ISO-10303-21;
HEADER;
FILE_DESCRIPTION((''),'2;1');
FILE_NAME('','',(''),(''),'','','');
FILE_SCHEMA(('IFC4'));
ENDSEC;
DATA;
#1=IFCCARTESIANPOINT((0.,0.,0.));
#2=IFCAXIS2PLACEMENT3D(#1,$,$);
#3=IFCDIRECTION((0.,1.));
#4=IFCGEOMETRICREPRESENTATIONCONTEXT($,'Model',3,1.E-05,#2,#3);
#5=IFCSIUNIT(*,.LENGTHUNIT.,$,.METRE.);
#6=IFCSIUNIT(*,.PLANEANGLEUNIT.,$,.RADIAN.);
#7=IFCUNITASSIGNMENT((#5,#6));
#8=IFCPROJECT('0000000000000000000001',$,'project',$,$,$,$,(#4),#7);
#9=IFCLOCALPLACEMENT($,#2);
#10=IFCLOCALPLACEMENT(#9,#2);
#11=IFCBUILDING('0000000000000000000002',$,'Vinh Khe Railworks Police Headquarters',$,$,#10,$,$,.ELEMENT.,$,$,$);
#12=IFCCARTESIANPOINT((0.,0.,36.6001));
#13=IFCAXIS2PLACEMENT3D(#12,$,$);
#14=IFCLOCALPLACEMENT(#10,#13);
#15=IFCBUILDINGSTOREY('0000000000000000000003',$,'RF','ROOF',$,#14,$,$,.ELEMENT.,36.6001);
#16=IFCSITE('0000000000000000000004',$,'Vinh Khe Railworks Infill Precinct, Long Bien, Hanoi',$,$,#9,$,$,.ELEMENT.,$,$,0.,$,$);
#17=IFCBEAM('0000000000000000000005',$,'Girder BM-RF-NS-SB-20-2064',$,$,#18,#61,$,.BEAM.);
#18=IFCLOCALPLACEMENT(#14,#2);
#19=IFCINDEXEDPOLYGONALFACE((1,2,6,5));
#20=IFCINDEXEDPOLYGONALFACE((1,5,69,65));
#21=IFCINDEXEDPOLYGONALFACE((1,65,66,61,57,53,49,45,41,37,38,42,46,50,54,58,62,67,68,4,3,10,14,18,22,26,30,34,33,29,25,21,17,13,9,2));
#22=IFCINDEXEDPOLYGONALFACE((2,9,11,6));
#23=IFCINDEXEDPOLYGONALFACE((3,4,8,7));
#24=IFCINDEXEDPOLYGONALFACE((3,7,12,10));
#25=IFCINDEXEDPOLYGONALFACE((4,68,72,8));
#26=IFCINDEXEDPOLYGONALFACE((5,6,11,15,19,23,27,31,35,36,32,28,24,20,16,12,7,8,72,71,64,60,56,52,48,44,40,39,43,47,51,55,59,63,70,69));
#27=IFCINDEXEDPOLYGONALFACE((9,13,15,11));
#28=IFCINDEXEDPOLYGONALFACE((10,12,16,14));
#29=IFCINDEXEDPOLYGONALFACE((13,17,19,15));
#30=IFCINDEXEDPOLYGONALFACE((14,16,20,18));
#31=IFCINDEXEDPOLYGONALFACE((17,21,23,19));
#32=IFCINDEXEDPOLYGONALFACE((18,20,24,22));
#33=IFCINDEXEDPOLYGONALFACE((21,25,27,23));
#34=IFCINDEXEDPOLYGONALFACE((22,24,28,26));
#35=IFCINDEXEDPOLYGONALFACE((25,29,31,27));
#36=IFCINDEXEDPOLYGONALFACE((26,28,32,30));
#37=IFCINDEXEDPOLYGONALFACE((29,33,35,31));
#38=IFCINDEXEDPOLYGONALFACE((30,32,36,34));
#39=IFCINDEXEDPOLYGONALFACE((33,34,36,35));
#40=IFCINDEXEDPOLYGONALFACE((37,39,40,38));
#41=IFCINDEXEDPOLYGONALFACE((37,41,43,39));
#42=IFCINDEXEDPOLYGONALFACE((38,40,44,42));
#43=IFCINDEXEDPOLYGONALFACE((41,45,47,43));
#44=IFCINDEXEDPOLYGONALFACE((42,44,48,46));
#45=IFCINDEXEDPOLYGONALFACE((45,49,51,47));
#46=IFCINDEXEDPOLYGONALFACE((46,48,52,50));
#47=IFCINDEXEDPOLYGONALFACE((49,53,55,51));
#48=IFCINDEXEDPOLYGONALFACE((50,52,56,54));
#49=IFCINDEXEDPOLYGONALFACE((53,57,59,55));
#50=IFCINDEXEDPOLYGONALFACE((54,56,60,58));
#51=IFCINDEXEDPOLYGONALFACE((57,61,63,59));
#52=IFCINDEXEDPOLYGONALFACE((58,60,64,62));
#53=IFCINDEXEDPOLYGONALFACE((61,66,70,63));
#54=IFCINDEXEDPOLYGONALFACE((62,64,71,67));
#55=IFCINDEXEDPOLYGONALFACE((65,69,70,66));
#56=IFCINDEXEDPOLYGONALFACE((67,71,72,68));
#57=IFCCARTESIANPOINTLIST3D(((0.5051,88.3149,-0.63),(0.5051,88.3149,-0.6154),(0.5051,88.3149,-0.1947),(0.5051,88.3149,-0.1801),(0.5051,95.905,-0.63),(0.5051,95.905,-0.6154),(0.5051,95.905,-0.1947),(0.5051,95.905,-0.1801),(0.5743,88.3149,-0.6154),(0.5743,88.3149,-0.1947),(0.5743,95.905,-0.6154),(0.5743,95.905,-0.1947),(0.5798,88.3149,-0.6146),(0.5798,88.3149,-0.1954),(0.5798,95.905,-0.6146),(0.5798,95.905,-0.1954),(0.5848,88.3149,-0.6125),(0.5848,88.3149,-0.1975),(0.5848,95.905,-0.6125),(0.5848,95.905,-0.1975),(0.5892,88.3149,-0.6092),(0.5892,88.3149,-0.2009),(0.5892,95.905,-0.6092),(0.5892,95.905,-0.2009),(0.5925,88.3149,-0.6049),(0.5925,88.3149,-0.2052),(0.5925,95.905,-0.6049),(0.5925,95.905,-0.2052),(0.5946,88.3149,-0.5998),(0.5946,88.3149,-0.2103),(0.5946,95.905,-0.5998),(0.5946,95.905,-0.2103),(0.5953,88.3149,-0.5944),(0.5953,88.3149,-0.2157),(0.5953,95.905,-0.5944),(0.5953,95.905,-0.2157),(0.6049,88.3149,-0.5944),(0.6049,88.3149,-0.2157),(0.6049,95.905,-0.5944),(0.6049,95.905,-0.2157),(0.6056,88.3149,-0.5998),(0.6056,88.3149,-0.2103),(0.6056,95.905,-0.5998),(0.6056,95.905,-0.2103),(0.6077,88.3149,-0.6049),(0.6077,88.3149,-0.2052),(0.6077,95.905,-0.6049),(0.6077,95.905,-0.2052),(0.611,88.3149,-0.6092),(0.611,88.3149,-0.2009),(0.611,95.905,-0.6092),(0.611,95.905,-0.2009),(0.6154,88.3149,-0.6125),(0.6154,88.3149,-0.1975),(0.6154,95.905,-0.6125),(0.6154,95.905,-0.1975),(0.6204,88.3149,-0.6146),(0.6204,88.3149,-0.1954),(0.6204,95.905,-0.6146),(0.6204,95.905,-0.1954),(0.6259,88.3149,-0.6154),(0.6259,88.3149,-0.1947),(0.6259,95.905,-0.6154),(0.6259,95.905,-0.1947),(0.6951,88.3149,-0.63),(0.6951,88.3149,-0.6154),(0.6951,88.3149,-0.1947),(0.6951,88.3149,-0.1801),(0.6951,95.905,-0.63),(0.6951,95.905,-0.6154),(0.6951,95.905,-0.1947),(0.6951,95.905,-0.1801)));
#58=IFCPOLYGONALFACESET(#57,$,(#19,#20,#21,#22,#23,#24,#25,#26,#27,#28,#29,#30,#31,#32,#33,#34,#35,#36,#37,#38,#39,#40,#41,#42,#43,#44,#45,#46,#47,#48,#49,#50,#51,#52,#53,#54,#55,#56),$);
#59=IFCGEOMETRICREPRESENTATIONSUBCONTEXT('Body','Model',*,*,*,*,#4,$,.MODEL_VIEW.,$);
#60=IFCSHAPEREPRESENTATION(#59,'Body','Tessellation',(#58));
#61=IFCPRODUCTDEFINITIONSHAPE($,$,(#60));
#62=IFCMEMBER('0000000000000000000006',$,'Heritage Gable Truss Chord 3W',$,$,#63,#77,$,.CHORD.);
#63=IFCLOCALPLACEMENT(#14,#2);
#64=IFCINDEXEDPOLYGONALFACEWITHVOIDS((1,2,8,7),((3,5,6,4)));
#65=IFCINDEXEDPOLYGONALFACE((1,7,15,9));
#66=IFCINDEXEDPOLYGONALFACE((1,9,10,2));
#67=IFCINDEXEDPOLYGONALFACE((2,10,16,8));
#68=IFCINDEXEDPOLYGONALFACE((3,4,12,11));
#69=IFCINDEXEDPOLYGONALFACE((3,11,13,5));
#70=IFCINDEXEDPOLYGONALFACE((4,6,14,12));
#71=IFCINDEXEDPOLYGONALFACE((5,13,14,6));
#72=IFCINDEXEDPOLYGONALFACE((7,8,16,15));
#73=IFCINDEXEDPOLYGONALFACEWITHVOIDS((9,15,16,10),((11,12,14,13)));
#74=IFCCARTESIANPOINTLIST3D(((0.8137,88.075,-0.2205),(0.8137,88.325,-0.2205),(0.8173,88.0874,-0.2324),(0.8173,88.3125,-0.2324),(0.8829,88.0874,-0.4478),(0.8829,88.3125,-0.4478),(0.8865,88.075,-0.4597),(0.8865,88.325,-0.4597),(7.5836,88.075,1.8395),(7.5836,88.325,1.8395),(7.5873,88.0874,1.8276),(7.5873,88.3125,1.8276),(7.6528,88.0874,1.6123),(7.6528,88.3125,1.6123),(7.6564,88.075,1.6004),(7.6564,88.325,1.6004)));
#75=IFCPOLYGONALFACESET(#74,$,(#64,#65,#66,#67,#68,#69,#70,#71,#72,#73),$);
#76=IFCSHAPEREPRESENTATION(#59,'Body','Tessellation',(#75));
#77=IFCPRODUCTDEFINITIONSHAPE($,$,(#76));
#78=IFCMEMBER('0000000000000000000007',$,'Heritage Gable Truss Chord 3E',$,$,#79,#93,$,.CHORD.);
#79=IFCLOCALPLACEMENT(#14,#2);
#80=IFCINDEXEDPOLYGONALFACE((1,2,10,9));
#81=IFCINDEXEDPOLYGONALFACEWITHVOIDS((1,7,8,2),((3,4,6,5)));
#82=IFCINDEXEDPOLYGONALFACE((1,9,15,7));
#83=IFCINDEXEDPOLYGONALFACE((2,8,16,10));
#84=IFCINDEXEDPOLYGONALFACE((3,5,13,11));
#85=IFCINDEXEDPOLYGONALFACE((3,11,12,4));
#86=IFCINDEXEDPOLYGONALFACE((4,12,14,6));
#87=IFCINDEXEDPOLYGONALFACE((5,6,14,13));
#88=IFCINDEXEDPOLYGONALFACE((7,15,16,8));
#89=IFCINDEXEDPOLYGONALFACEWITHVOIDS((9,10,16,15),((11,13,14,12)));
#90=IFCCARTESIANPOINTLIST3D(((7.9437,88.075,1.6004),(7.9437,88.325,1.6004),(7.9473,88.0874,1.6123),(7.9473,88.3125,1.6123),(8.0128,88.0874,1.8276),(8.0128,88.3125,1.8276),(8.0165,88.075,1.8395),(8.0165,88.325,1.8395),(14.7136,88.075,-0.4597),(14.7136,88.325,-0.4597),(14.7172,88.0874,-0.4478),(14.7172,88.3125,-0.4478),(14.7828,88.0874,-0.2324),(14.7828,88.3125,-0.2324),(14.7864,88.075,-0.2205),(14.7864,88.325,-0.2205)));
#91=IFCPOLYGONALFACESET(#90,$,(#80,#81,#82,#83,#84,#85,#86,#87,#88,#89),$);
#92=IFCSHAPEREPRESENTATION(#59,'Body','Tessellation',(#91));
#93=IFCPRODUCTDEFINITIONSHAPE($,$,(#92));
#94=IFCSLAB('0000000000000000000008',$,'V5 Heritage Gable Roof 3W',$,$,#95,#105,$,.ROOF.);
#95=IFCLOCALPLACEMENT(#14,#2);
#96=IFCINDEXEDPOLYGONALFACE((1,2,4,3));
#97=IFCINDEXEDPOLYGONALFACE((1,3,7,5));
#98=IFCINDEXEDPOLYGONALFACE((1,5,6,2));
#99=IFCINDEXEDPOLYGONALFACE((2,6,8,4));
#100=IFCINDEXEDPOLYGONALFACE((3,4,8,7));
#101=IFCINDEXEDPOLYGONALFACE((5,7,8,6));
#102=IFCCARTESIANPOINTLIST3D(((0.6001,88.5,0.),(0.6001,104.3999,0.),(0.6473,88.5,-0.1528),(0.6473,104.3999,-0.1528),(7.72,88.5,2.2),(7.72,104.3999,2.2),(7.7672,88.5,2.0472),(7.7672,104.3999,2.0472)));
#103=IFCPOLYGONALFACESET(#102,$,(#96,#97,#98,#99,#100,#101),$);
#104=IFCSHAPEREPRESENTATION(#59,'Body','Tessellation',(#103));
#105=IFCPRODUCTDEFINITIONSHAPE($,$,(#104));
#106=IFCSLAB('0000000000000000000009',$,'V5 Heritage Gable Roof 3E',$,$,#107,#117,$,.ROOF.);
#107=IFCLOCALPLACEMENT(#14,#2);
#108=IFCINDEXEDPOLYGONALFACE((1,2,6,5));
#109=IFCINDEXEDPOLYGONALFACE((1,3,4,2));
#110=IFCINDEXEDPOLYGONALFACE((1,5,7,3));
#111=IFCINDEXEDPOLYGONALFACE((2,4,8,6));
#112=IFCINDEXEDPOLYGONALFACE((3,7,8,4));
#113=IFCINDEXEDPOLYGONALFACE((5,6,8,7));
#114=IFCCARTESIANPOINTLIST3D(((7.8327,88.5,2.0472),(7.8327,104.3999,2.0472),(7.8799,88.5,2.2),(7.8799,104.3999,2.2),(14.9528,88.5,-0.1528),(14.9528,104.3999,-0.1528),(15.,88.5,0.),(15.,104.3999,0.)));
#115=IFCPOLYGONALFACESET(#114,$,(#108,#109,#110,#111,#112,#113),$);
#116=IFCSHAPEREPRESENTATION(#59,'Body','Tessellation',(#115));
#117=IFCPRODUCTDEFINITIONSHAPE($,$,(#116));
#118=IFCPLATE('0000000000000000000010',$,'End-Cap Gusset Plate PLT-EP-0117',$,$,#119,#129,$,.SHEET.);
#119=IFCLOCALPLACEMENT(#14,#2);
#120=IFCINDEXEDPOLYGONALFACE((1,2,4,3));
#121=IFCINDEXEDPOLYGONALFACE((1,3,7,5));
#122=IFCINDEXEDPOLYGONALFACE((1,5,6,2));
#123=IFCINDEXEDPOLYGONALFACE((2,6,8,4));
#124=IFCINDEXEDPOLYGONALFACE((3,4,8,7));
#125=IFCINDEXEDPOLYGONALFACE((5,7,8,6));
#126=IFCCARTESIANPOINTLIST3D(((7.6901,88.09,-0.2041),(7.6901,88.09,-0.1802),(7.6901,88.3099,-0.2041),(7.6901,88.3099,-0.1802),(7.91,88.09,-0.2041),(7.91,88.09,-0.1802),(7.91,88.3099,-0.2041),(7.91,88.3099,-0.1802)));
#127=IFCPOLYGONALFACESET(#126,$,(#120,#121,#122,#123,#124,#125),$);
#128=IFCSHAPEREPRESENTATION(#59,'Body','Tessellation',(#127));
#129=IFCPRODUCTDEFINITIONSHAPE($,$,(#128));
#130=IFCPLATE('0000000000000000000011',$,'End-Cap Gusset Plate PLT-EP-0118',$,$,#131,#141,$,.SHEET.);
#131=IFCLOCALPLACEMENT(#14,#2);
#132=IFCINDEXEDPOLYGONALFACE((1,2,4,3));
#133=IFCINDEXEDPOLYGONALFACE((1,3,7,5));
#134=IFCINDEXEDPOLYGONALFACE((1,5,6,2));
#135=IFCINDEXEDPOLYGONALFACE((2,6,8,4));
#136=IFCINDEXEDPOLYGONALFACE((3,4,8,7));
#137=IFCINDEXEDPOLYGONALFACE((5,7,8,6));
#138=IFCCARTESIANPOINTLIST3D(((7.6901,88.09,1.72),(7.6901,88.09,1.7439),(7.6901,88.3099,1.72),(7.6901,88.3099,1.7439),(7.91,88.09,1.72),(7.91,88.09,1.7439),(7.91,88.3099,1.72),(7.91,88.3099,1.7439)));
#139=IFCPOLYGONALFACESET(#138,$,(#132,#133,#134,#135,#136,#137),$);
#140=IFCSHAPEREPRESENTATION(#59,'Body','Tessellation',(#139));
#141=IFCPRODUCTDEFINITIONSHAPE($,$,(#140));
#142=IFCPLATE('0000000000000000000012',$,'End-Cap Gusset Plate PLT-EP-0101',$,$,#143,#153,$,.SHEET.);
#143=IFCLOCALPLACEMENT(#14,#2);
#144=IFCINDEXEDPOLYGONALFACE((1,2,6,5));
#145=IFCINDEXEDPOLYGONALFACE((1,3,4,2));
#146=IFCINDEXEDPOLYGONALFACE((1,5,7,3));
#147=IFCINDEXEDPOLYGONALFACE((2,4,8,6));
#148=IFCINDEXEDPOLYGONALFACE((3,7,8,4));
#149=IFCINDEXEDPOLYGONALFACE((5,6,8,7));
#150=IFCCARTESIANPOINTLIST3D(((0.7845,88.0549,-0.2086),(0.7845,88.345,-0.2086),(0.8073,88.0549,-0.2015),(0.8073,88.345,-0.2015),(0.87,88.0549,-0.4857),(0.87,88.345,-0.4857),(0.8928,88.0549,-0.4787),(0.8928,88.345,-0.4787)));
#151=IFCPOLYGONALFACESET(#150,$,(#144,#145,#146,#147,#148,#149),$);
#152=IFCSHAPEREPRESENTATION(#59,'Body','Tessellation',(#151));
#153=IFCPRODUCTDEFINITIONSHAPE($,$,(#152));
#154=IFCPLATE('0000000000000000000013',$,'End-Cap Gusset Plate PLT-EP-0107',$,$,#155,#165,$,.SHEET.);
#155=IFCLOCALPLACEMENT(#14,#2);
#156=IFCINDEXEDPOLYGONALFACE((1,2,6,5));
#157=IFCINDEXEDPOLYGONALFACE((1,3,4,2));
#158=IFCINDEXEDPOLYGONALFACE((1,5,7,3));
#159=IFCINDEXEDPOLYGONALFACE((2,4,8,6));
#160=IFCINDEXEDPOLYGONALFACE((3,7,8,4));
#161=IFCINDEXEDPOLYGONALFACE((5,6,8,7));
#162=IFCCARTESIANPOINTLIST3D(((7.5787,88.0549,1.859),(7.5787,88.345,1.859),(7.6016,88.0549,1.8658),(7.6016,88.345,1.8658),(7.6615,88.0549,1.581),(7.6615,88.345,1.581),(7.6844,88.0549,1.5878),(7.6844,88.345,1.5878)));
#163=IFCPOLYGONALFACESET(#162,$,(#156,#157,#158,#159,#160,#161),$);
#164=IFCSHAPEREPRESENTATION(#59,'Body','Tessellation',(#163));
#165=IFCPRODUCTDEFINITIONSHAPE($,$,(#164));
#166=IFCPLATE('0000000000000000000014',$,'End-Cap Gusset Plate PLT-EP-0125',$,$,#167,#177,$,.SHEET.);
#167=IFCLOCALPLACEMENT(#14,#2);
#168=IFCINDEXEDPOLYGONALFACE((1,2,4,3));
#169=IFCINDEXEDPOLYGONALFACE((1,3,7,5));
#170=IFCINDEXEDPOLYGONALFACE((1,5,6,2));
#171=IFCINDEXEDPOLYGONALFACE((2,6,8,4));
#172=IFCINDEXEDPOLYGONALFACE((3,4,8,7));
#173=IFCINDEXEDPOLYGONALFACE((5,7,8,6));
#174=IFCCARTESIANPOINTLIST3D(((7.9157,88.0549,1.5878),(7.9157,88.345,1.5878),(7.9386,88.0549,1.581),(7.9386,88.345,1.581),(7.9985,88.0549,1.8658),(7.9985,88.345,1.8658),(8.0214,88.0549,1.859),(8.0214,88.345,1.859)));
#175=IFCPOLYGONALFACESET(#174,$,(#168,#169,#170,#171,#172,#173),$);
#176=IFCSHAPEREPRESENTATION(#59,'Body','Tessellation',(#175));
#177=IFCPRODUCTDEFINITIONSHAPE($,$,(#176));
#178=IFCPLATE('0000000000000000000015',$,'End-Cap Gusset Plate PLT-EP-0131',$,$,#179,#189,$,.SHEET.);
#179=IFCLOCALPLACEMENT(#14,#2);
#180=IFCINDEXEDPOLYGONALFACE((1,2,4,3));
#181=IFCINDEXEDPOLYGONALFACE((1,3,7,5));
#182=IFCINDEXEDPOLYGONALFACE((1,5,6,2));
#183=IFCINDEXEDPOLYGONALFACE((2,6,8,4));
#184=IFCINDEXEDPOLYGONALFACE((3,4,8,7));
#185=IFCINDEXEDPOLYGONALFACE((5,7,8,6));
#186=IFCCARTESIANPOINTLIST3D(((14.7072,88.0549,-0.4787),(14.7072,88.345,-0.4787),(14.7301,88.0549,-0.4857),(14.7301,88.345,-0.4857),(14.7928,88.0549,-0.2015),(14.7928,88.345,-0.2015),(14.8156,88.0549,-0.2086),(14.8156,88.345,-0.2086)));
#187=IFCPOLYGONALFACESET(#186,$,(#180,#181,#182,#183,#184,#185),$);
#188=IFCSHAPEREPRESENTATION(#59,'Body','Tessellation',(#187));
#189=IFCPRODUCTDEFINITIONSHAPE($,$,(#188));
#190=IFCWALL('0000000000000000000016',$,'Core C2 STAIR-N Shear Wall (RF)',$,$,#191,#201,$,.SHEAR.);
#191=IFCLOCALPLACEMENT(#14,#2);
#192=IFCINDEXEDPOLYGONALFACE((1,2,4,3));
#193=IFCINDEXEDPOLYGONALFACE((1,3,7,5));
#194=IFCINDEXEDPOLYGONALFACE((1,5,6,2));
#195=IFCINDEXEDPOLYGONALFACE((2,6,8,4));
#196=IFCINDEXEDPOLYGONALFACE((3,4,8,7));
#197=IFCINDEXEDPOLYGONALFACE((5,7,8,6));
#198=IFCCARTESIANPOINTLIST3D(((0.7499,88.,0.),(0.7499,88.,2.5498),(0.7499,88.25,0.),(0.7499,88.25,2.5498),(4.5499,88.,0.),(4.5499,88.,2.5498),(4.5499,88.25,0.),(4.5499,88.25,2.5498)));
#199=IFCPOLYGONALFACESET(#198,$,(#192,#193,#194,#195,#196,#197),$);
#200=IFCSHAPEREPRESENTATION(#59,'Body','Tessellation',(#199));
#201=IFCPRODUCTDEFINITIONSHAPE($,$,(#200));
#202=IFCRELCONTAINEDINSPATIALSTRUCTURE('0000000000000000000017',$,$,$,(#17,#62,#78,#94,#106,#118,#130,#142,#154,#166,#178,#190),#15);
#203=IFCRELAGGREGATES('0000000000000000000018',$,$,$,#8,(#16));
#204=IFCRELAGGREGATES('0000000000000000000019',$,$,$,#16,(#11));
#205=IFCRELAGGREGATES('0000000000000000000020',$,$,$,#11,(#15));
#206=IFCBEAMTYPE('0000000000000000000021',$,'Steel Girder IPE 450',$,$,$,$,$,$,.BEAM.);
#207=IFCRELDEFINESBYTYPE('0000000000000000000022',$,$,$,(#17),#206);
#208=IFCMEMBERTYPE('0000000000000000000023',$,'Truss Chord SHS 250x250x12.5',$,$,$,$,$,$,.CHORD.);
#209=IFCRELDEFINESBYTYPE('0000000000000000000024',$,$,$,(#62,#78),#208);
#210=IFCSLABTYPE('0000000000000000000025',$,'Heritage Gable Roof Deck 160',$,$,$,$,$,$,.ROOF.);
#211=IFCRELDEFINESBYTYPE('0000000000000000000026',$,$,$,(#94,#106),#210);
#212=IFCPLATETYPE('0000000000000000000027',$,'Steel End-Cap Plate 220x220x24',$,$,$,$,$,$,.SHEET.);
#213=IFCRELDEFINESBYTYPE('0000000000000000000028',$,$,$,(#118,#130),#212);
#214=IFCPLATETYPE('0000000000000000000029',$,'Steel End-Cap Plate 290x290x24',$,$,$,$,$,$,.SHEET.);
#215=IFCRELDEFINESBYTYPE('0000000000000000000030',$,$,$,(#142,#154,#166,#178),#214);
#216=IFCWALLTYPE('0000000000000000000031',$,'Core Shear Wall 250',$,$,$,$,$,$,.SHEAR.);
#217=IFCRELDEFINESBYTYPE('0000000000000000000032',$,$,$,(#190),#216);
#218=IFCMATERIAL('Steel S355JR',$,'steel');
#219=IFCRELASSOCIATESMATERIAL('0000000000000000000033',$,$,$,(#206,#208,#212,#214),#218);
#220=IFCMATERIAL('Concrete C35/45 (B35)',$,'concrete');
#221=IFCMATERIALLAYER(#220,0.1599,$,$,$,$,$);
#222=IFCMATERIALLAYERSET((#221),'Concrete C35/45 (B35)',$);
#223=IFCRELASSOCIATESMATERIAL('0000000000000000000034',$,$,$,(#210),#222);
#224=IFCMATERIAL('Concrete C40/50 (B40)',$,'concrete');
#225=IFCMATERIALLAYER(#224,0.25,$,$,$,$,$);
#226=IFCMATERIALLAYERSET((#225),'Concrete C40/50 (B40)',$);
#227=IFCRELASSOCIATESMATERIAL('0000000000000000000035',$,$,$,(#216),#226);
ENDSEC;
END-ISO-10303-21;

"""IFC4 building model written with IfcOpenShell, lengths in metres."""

from ifc_helpers import new_model, si_unit, direction, frame, frame_2d, origin, origin_2d, place, context, subcontext, project, spatial, polyline, rectangle, hollow_rectangle, i_section, outline, extrude, material, layer, layer_set, material_profile, profile_set, type_object, element, save


model = new_model("IFC4")

# Units and contexts
model_context = context("Model", 3, precision=1e-05, world=origin(), true_north=direction((0.0, 1.0)))
body_context = subcontext(model_context, "Body", "Model", "MODEL_VIEW")
ifc_project = project(units=[si_unit("LENGTHUNIT", "METRE"), si_unit("PLANEANGLEUNIT", "RADIAN")], contexts=[model_context])

# Site, building, storey
site_placement = place(None, origin())
site = spatial("IfcSite", under=ifc_project, at=site_placement, Name="Vinh Khe Railworks Infill Precinct, Long Bien, Hanoi", CompositionType="ELEMENT", RefElevation=0.0)
building_placement = place(site_placement, origin())
building = spatial("IfcBuilding", under=site, at=building_placement, Name="Vinh Khe Railworks Police Headquarters", CompositionType="ELEMENT")
storey_placement = place(building_placement, frame((0.0, 0.0, 36.6001)))
storey = spatial("IfcBuildingStorey", under=building, at=storey_placement, Name="RF", Description="ROOF", CompositionType="ELEMENT", Elevation=36.6001)

# Shared definitions
ifc_material_1 = material(Name="Steel S355JR", Category="steel")

# Beam
ifc_material_profile_1 = material_profile(ifc_material_1, i_section(OverallWidth=0.1899, OverallDepth=0.45, WebThickness=0.0095, FlangeThickness=0.0146, FilletRadius=0.021, at=origin_2d()), Name="IPE 450")
ifc_profile_set_1 = profile_set([ifc_material_profile_1], Name="Steel S355JR")
beam_type_1 = type_object("IfcBeamType", Name="Steel Girder IPE 450", PredefinedType="BEAM", material=ifc_profile_set_1)
beam_1_placement = place(storey_placement, frame((0.6001, 88.3149, -0.405), z_axis=(0.0, 1.0, 0.0), x_axis=(-1.0, 0.0, 0.0)))
element("IfcBeam", 1, at=beam_1_placement, inside=storey, type_object=beam_type_1, Name="Girder BM-RF-NS-SB-20-2064", PredefinedType="BEAM", context=body_context, shape_type="SweptSolid", body=[
    extrude(i_section(OverallWidth=0.1899, OverallDepth=0.45, WebThickness=0.0095, FlangeThickness=0.0146, FilletRadius=0.021, at=origin_2d()), origin(), (0.0, 0.0, 1.0), 7.5901),
])

# Members
ifc_material_profile_2 = material_profile(ifc_material_1, hollow_rectangle(XDim=0.25, YDim=0.25, WallThickness=0.0125, at=origin_2d()), Name="SHS 250x250x12.5")
ifc_profile_set_2 = profile_set([ifc_material_profile_2], Name="Steel S355JR")
member_type_1 = type_object("IfcMemberType", Name="Truss Chord SHS 250x250x12.5", PredefinedType="CHORD", material=ifc_profile_set_2)
for number, where, z_axis, x_axis, name in (
    (2, (0.8501, 88.2, -0.3401), (0.956689, 0.0, 0.291112), (0.0, 1.0, 0.0), "Heritage Gable Truss Chord 3W"),
    (3, (14.75, 88.2, -0.3401), (-0.956689, 0.0, 0.291112), (0.0, -1.0, 0.0), "Heritage Gable Truss Chord 3E"),
):
    element("IfcMember", number, at=place(storey_placement, frame(where, z_axis=z_axis, x_axis=x_axis)), inside=storey, type_object=member_type_1, Name=name, PredefinedType="CHORD", context=body_context, shape_type="SweptSolid", body=[
        extrude(hollow_rectangle(XDim=0.25, YDim=0.25, WallThickness=0.0125, at=origin_2d()), origin(), (0.0, 0.0, 1.0), 7.0764),
    ])

# Slabs
ifc_material_2 = material(Name="Concrete C35/45 (B35)", Category="concrete")
ifc_layer_1 = layer(ifc_material_2, 0.1599)
ifc_layer_set_1 = layer_set([ifc_layer_1], Name="Concrete C35/45 (B35)")
slab_type = type_object("IfcSlabType", Name="Heritage Gable Roof Deck 160", PredefinedType="ROOF", material=ifc_layer_set_1)
slab_1_placement = place(storey_placement, frame((0.6001, 88.5, 0.0), z_axis=(-0.295216, 0.0, 0.955431), x_axis=(0.955431, 0.0, 0.295216)))
element("IfcSlab", 4, at=slab_1_placement, inside=storey, type_object=slab_type, Name="V5 Heritage Gable Roof 3W", PredefinedType="ROOF", context=body_context, shape_type="SweptSolid", body=[
    extrude(outline(polyline([(0.0, 0.0), (7.452, 0.0), (7.452, 15.8999), (0.0, 15.8999), (0.0, 0.0)])), origin(), (0.0, 0.0, -1.0), 0.1599),
])
slab_2_placement = place(storey_placement, frame((7.8799, 88.5, 2.2), z_axis=(0.295207, 0.0, 0.955433), x_axis=(0.955433, 0.0, -0.295207)))
element("IfcSlab", 5, at=slab_2_placement, inside=storey, type_object=slab_type, Name="V5 Heritage Gable Roof 3E", PredefinedType="ROOF", context=body_context, shape_type="SweptSolid", body=[
    extrude(outline(polyline([(0.0, 0.0), (7.4522, 0.0), (7.4522, 15.8999), (0.0, 15.8999), (0.0, 0.0)])), origin(), (0.0, 0.0, -1.0), 0.1599),
])

# Plates
ifc_material_profile_3 = material_profile(ifc_material_1, rectangle(XDim=0.22, YDim=0.22, at=origin_2d()), Name="PL 220x220")
ifc_profile_set_3 = profile_set([ifc_material_profile_3], Name="Steel S355JR")
plate_type_1 = type_object("IfcPlateType", Name="Steel End-Cap Plate 220x220x24", PredefinedType="SHEET", material=ifc_profile_set_3)
for number, where, z_axis, x_axis, name in (
    (6, (7.8, 88.2, -0.1802), (0.0, 0.0, -1.0), (1.0, 0.0, 0.0), "End-Cap Gusset Plate PLT-EP-0117"),
    (7, (7.8, 88.2, 1.72), (0.0, 0.0, 1.0), (1.0, 0.0, 0.0), "End-Cap Gusset Plate PLT-EP-0118"),
):
    element("IfcPlate", number, at=place(storey_placement, frame(where, z_axis=z_axis, x_axis=x_axis)), inside=storey, type_object=plate_type_1, Name=name, PredefinedType="SHEET", context=body_context, shape_type="SweptSolid", body=[
        extrude(rectangle(XDim=0.22, YDim=0.22, at=origin_2d()), origin(), (0.0, 0.0, 1.0), 0.0239),
    ])
ifc_material_profile_4 = material_profile(ifc_material_1, rectangle(XDim=0.29, YDim=0.29, at=origin_2d()), Name="PL 290x290")
ifc_profile_set_4 = profile_set([ifc_material_profile_4], Name="Steel S355JR")
plate_type_2 = type_object("IfcPlateType", Name="Steel End-Cap Plate 290x290x24", PredefinedType="SHEET", material=ifc_profile_set_4)
for number, where, z_axis, x_axis, name in (
    (8, (0.8501, 88.2, -0.3401), (-0.955559, 0.0, -0.2948), (0.0, -1.0, 0.0), "End-Cap Gusset Plate PLT-EP-0101"),
    (9, (7.6201, 88.2, 1.72), (0.958386, 0.0, 0.285477), (0.0, 1.0, 0.0), "End-Cap Gusset Plate PLT-EP-0107"),
    (10, (7.98, 88.2, 1.72), (-0.958386, 0.0, 0.285477), (0.0, -1.0, 0.0), "End-Cap Gusset Plate PLT-EP-0125"),
    (11, (14.75, 88.2, -0.3401), (0.955559, 0.0, -0.2948), (0.0, 1.0, 0.0), "End-Cap Gusset Plate PLT-EP-0131"),
):
    element("IfcPlate", number, at=place(storey_placement, frame(where, z_axis=z_axis, x_axis=x_axis)), inside=storey, type_object=plate_type_2, Name=name, PredefinedType="SHEET", context=body_context, shape_type="SweptSolid", body=[
        extrude(rectangle(XDim=0.29, YDim=0.29, at=origin_2d()), origin(), (0.0, 0.0, 1.0), 0.0239),
    ])

# Wall
ifc_material_3 = material(Name="Concrete C40/50 (B40)", Category="concrete")
ifc_layer_2 = layer(ifc_material_3, 0.25)
ifc_layer_set_2 = layer_set([ifc_layer_2], Name="Concrete C40/50 (B40)")
wall_type = type_object("IfcWallType", Name="Core Shear Wall 250", PredefinedType="SHEAR", material=ifc_layer_set_2)
wall_placement = place(storey_placement, frame((0.75, 88.125, 0.0), z_axis=(0.0, 0.0, 1.0), x_axis=(1.0, 0.0, 0.0)))
element("IfcWall", 12, at=wall_placement, inside=storey, type_object=wall_type, Name="Core C2 STAIR-N Shear Wall (RF)", PredefinedType="SHEAR", context=body_context, shape_type="SweptSolid", body=[
    extrude(rectangle(XDim=3.8, YDim=0.25, at=frame_2d((1.8999, 0.0))), origin(), (0.0, 0.0, 1.0), 2.5498),
])

save(model, "model.ifc")
